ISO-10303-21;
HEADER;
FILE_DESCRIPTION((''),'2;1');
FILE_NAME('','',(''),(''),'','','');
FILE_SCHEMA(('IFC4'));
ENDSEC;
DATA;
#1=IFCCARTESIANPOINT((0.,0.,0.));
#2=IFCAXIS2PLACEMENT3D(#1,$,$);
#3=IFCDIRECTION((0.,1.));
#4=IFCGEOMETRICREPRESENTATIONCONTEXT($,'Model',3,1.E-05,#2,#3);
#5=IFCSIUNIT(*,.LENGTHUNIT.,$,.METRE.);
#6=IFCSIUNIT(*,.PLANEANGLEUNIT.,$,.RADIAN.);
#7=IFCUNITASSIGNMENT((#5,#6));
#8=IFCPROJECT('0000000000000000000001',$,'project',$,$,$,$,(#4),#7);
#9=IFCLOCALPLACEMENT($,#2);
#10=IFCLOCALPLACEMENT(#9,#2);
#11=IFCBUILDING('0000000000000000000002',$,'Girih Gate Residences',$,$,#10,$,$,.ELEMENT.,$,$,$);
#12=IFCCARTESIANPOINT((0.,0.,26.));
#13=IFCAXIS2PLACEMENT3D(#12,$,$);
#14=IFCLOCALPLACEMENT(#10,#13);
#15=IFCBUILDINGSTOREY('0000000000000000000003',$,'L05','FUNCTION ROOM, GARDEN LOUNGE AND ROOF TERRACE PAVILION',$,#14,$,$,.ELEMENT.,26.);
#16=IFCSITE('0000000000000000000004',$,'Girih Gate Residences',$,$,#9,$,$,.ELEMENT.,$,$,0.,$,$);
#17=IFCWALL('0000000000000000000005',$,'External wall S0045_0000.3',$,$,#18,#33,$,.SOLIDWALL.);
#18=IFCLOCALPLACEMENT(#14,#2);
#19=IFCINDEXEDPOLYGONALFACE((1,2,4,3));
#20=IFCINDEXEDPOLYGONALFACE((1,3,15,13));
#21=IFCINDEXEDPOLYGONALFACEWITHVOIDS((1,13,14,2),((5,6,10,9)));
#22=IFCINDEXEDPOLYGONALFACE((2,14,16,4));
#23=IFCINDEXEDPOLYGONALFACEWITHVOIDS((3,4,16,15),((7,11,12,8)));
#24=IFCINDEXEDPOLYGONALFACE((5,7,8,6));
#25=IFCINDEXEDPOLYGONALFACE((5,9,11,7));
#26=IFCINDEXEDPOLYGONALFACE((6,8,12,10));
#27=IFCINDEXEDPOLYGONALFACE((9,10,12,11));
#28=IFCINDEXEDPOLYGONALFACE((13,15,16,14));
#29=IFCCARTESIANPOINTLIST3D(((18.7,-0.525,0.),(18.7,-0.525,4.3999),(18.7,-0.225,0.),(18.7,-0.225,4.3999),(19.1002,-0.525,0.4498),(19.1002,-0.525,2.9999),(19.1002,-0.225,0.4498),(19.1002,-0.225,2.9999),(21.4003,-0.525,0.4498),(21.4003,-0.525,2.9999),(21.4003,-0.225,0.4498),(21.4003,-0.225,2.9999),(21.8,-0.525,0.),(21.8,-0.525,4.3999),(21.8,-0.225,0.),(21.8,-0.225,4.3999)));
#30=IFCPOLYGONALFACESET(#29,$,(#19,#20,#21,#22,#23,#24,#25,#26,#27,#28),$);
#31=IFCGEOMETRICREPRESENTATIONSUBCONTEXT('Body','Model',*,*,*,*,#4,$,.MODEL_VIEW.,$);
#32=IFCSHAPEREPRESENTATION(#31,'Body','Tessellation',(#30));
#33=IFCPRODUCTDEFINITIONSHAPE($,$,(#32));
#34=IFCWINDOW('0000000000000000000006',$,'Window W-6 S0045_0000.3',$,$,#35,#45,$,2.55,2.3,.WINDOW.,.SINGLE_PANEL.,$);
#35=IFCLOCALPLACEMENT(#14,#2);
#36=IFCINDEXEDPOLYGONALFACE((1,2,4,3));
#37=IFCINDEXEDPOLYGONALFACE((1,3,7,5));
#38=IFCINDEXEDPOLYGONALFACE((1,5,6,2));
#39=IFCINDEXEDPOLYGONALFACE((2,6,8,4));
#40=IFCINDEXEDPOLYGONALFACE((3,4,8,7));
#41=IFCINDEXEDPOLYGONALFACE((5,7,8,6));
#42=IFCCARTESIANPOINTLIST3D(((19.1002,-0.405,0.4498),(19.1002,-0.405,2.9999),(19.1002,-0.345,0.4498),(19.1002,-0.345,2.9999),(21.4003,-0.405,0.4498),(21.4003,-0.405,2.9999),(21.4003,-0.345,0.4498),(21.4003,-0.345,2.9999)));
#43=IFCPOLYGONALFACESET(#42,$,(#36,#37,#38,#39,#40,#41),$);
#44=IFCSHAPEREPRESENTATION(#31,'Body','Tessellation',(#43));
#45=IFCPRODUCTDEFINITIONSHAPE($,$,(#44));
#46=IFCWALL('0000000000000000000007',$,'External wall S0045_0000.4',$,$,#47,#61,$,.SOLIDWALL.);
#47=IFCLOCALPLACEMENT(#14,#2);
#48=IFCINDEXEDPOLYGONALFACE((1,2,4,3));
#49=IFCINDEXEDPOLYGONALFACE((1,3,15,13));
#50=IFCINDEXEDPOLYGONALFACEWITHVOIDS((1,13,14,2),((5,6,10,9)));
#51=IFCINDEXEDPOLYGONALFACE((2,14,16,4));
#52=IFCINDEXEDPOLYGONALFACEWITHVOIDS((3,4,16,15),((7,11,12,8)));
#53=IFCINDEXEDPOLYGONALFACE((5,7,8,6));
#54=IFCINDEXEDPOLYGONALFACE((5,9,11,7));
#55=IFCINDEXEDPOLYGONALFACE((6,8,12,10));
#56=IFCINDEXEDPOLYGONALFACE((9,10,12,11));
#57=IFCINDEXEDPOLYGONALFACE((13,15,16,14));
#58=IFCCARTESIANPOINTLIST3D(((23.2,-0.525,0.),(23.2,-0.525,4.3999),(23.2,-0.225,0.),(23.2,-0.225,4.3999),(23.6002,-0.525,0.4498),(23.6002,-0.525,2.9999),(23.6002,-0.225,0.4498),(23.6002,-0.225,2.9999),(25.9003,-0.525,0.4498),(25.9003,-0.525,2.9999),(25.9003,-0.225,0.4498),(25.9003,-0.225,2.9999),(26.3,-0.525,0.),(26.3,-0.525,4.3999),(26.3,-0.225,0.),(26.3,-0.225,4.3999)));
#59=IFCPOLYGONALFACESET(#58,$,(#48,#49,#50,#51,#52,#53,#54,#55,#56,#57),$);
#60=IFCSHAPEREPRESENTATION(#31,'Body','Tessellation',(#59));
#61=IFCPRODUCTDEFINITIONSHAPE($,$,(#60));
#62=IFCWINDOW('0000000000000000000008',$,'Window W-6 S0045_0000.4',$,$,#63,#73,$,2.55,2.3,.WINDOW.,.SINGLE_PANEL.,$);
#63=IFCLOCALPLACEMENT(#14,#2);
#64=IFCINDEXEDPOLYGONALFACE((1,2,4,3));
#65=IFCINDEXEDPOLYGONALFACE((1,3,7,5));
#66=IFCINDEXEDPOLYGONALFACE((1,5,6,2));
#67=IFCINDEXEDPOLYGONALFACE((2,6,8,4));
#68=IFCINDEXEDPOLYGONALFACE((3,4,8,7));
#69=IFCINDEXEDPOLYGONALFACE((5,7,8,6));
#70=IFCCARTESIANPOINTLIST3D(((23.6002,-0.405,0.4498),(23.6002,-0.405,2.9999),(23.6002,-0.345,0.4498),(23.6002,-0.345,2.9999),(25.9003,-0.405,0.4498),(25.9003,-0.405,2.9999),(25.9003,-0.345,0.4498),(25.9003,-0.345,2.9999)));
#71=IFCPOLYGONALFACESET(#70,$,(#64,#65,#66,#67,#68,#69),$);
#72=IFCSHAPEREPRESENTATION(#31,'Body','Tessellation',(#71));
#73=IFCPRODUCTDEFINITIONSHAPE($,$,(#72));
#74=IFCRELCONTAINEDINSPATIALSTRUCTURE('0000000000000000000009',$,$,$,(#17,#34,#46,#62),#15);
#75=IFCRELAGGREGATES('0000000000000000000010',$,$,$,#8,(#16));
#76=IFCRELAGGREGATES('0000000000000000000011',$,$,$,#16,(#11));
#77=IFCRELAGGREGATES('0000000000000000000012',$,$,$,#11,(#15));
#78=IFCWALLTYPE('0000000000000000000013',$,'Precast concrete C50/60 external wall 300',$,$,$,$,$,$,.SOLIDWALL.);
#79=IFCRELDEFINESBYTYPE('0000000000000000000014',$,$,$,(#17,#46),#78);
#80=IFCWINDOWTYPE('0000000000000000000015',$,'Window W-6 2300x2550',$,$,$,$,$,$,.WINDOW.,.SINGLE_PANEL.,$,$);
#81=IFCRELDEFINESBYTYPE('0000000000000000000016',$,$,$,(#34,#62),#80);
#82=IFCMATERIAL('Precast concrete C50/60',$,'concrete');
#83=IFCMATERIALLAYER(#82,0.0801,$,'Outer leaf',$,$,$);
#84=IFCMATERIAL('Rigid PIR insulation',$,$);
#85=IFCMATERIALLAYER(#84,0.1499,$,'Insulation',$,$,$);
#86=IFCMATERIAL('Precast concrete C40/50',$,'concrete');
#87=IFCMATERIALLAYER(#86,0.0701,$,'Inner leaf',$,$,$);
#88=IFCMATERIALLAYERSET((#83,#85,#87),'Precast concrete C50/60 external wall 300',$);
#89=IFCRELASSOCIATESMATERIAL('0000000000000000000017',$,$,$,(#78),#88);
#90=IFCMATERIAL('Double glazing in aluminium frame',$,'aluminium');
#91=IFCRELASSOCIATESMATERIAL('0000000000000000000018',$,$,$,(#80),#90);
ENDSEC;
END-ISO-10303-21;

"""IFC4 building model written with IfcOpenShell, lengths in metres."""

from ifc_helpers import new_model, si_unit, direction, frame, frame_2d, origin, place, context, subcontext, project, spatial, rectangle, extrude, material, layer, layer_set, type_object, element, fill, save


model = new_model("IFC4")

# Units and contexts
model_context = context("Model", 3, precision=1e-05, world=origin(), true_north=direction((0.0, 1.0)))
body_context = subcontext(model_context, "Body", "Model", "MODEL_VIEW")
ifc_project = project(units=[si_unit("LENGTHUNIT", "METRE"), si_unit("PLANEANGLEUNIT", "RADIAN")], contexts=[model_context])

# Site, building, storey
site_placement = place(None, origin())
site = spatial("IfcSite", under=ifc_project, at=site_placement, Name="Girih Gate Residences", CompositionType="ELEMENT", RefElevation=0.0)
building_placement = place(site_placement, origin())
building = spatial("IfcBuilding", under=site, at=building_placement, Name="Girih Gate Residences", CompositionType="ELEMENT")
storey_placement = place(building_placement, frame((0.0, 0.0, 26.0)))
storey = spatial("IfcBuildingStorey", under=building, at=storey_placement, Name="L05", Description="FUNCTION ROOM, GARDEN LOUNGE AND ROOF TERRACE PAVILION", CompositionType="ELEMENT", Elevation=26.0)

# Walls, openings, windows
ifc_material_1 = material(Name="Precast concrete C50/60", Category="concrete")
ifc_layer_1 = layer(ifc_material_1, 0.0801, Name="Outer leaf")
ifc_material_2 = material(Name="Rigid PIR insulation")
ifc_layer_2 = layer(ifc_material_2, 0.1499, Name="Insulation")
ifc_material_3 = material(Name="Precast concrete C40/50", Category="concrete")
ifc_layer_3 = layer(ifc_material_3, 0.0701, Name="Inner leaf")
ifc_layer_set_1 = layer_set([ifc_layer_1, ifc_layer_2, ifc_layer_3], Name="Precast concrete C50/60 external wall 300")
wall_type_1 = type_object("IfcWallType", Name="Precast concrete C50/60 external wall 300", PredefinedType="SOLIDWALL", material=ifc_layer_set_1)
ifc_material_4 = material(Name="Double glazing in aluminium frame", Category="aluminium")
window_type = type_object("IfcWindowType", Name="Window W-6 2300x2550", PartitioningType="SINGLE_PANEL", PredefinedType="WINDOW", material=ifc_material_4)
wall_1_placement = place(storey_placement, frame((21.8, -0.375, 0.0), z_axis=(0.0, 0.0, 1.0), x_axis=(-1.0, 0.0, 0.0)))
wall_1 = element("IfcWall", 1, at=wall_1_placement, inside=storey, type_object=wall_type_1, Name="External wall S0045_0000.3", PredefinedType="SOLIDWALL", context=body_context, shape_type="SweptSolid", body=[
    extrude(rectangle(XDim=3.1001, YDim=0.3, at=frame_2d((1.55, 0.0))), origin(), (0.0, 0.0, 1.0), 4.3999),
])
opening_1_placement = place(wall_1_placement, frame((0.3999, 0.0, 0.45)))
opening_1 = element("IfcOpeningElement", 2, at=opening_1_placement, cuts=wall_1, PredefinedType="OPENING", context=body_context, shape_type="SweptSolid", body=[
    extrude(rectangle(XDim=2.3, YDim=2.55, at=frame_2d((1.1499, 1.2749))), frame((0.0, 0.1599, 0.0), z_axis=(0.0, -1.0, 0.0), x_axis=(1.0, 0.0, 0.0)), (0.0, 0.0, 1.0), 0.3201),
])
window_1_placement = place(opening_1_placement, origin())
window_1 = element("IfcWindow", 3, at=window_1_placement, inside=storey, type_object=window_type, Name="Window W-6 S0045_0000.3", OverallHeight=2.55, OverallWidth=2.3, PartitioningType="SINGLE_PANEL", PredefinedType="WINDOW", context=body_context, shape_type="SweptSolid", body=[
    extrude(rectangle(XDim=2.3, YDim=2.55, at=frame_2d((1.1499, 1.2749))), frame((0.0, 0.03, 0.0), z_axis=(0.0, -1.0, 0.0), x_axis=(1.0, 0.0, 0.0)), (0.0, 0.0, 1.0), 0.0601),
])
fill(opening_1, window_1)
wall_2_placement = place(storey_placement, frame((26.3, -0.375, 0.0), z_axis=(0.0, 0.0, 1.0), x_axis=(-1.0, 0.0, 0.0)))
wall_2 = element("IfcWall", 4, at=wall_2_placement, inside=storey, type_object=wall_type_1, Name="External wall S0045_0000.4", PredefinedType="SOLIDWALL", context=body_context, shape_type="SweptSolid", body=[
    extrude(rectangle(XDim=3.1001, YDim=0.3, at=frame_2d((1.55, 0.0))), origin(), (0.0, 0.0, 1.0), 4.3999),
])
opening_2_placement = place(wall_2_placement, frame((0.3999, 0.0, 0.45)))
opening_2 = element("IfcOpeningElement", 5, at=opening_2_placement, cuts=wall_2, PredefinedType="OPENING", context=body_context, shape_type="SweptSolid", body=[
    extrude(rectangle(XDim=2.3, YDim=2.55, at=frame_2d((1.1499, 1.2749))), frame((0.0, 0.1599, 0.0), z_axis=(0.0, -1.0, 0.0), x_axis=(1.0, 0.0, 0.0)), (0.0, 0.0, 1.0), 0.3201),
])
window_2_placement = place(opening_2_placement, origin())
window_2 = element("IfcWindow", 6, at=window_2_placement, inside=storey, type_object=window_type, Name="Window W-6 S0045_0000.4", OverallHeight=2.55, OverallWidth=2.3, PartitioningType="SINGLE_PANEL", PredefinedType="WINDOW", context=body_context, shape_type="SweptSolid", body=[
    extrude(rectangle(XDim=2.3, YDim=2.55, at=frame_2d((1.1499, 1.2749))), frame((0.0, 0.03, 0.0), z_axis=(0.0, -1.0, 0.0), x_axis=(1.0, 0.0, 0.0)), (0.0, 0.0, 1.0), 0.0601),
])
fill(opening_2, window_2)

save(model, "model.ifc")
